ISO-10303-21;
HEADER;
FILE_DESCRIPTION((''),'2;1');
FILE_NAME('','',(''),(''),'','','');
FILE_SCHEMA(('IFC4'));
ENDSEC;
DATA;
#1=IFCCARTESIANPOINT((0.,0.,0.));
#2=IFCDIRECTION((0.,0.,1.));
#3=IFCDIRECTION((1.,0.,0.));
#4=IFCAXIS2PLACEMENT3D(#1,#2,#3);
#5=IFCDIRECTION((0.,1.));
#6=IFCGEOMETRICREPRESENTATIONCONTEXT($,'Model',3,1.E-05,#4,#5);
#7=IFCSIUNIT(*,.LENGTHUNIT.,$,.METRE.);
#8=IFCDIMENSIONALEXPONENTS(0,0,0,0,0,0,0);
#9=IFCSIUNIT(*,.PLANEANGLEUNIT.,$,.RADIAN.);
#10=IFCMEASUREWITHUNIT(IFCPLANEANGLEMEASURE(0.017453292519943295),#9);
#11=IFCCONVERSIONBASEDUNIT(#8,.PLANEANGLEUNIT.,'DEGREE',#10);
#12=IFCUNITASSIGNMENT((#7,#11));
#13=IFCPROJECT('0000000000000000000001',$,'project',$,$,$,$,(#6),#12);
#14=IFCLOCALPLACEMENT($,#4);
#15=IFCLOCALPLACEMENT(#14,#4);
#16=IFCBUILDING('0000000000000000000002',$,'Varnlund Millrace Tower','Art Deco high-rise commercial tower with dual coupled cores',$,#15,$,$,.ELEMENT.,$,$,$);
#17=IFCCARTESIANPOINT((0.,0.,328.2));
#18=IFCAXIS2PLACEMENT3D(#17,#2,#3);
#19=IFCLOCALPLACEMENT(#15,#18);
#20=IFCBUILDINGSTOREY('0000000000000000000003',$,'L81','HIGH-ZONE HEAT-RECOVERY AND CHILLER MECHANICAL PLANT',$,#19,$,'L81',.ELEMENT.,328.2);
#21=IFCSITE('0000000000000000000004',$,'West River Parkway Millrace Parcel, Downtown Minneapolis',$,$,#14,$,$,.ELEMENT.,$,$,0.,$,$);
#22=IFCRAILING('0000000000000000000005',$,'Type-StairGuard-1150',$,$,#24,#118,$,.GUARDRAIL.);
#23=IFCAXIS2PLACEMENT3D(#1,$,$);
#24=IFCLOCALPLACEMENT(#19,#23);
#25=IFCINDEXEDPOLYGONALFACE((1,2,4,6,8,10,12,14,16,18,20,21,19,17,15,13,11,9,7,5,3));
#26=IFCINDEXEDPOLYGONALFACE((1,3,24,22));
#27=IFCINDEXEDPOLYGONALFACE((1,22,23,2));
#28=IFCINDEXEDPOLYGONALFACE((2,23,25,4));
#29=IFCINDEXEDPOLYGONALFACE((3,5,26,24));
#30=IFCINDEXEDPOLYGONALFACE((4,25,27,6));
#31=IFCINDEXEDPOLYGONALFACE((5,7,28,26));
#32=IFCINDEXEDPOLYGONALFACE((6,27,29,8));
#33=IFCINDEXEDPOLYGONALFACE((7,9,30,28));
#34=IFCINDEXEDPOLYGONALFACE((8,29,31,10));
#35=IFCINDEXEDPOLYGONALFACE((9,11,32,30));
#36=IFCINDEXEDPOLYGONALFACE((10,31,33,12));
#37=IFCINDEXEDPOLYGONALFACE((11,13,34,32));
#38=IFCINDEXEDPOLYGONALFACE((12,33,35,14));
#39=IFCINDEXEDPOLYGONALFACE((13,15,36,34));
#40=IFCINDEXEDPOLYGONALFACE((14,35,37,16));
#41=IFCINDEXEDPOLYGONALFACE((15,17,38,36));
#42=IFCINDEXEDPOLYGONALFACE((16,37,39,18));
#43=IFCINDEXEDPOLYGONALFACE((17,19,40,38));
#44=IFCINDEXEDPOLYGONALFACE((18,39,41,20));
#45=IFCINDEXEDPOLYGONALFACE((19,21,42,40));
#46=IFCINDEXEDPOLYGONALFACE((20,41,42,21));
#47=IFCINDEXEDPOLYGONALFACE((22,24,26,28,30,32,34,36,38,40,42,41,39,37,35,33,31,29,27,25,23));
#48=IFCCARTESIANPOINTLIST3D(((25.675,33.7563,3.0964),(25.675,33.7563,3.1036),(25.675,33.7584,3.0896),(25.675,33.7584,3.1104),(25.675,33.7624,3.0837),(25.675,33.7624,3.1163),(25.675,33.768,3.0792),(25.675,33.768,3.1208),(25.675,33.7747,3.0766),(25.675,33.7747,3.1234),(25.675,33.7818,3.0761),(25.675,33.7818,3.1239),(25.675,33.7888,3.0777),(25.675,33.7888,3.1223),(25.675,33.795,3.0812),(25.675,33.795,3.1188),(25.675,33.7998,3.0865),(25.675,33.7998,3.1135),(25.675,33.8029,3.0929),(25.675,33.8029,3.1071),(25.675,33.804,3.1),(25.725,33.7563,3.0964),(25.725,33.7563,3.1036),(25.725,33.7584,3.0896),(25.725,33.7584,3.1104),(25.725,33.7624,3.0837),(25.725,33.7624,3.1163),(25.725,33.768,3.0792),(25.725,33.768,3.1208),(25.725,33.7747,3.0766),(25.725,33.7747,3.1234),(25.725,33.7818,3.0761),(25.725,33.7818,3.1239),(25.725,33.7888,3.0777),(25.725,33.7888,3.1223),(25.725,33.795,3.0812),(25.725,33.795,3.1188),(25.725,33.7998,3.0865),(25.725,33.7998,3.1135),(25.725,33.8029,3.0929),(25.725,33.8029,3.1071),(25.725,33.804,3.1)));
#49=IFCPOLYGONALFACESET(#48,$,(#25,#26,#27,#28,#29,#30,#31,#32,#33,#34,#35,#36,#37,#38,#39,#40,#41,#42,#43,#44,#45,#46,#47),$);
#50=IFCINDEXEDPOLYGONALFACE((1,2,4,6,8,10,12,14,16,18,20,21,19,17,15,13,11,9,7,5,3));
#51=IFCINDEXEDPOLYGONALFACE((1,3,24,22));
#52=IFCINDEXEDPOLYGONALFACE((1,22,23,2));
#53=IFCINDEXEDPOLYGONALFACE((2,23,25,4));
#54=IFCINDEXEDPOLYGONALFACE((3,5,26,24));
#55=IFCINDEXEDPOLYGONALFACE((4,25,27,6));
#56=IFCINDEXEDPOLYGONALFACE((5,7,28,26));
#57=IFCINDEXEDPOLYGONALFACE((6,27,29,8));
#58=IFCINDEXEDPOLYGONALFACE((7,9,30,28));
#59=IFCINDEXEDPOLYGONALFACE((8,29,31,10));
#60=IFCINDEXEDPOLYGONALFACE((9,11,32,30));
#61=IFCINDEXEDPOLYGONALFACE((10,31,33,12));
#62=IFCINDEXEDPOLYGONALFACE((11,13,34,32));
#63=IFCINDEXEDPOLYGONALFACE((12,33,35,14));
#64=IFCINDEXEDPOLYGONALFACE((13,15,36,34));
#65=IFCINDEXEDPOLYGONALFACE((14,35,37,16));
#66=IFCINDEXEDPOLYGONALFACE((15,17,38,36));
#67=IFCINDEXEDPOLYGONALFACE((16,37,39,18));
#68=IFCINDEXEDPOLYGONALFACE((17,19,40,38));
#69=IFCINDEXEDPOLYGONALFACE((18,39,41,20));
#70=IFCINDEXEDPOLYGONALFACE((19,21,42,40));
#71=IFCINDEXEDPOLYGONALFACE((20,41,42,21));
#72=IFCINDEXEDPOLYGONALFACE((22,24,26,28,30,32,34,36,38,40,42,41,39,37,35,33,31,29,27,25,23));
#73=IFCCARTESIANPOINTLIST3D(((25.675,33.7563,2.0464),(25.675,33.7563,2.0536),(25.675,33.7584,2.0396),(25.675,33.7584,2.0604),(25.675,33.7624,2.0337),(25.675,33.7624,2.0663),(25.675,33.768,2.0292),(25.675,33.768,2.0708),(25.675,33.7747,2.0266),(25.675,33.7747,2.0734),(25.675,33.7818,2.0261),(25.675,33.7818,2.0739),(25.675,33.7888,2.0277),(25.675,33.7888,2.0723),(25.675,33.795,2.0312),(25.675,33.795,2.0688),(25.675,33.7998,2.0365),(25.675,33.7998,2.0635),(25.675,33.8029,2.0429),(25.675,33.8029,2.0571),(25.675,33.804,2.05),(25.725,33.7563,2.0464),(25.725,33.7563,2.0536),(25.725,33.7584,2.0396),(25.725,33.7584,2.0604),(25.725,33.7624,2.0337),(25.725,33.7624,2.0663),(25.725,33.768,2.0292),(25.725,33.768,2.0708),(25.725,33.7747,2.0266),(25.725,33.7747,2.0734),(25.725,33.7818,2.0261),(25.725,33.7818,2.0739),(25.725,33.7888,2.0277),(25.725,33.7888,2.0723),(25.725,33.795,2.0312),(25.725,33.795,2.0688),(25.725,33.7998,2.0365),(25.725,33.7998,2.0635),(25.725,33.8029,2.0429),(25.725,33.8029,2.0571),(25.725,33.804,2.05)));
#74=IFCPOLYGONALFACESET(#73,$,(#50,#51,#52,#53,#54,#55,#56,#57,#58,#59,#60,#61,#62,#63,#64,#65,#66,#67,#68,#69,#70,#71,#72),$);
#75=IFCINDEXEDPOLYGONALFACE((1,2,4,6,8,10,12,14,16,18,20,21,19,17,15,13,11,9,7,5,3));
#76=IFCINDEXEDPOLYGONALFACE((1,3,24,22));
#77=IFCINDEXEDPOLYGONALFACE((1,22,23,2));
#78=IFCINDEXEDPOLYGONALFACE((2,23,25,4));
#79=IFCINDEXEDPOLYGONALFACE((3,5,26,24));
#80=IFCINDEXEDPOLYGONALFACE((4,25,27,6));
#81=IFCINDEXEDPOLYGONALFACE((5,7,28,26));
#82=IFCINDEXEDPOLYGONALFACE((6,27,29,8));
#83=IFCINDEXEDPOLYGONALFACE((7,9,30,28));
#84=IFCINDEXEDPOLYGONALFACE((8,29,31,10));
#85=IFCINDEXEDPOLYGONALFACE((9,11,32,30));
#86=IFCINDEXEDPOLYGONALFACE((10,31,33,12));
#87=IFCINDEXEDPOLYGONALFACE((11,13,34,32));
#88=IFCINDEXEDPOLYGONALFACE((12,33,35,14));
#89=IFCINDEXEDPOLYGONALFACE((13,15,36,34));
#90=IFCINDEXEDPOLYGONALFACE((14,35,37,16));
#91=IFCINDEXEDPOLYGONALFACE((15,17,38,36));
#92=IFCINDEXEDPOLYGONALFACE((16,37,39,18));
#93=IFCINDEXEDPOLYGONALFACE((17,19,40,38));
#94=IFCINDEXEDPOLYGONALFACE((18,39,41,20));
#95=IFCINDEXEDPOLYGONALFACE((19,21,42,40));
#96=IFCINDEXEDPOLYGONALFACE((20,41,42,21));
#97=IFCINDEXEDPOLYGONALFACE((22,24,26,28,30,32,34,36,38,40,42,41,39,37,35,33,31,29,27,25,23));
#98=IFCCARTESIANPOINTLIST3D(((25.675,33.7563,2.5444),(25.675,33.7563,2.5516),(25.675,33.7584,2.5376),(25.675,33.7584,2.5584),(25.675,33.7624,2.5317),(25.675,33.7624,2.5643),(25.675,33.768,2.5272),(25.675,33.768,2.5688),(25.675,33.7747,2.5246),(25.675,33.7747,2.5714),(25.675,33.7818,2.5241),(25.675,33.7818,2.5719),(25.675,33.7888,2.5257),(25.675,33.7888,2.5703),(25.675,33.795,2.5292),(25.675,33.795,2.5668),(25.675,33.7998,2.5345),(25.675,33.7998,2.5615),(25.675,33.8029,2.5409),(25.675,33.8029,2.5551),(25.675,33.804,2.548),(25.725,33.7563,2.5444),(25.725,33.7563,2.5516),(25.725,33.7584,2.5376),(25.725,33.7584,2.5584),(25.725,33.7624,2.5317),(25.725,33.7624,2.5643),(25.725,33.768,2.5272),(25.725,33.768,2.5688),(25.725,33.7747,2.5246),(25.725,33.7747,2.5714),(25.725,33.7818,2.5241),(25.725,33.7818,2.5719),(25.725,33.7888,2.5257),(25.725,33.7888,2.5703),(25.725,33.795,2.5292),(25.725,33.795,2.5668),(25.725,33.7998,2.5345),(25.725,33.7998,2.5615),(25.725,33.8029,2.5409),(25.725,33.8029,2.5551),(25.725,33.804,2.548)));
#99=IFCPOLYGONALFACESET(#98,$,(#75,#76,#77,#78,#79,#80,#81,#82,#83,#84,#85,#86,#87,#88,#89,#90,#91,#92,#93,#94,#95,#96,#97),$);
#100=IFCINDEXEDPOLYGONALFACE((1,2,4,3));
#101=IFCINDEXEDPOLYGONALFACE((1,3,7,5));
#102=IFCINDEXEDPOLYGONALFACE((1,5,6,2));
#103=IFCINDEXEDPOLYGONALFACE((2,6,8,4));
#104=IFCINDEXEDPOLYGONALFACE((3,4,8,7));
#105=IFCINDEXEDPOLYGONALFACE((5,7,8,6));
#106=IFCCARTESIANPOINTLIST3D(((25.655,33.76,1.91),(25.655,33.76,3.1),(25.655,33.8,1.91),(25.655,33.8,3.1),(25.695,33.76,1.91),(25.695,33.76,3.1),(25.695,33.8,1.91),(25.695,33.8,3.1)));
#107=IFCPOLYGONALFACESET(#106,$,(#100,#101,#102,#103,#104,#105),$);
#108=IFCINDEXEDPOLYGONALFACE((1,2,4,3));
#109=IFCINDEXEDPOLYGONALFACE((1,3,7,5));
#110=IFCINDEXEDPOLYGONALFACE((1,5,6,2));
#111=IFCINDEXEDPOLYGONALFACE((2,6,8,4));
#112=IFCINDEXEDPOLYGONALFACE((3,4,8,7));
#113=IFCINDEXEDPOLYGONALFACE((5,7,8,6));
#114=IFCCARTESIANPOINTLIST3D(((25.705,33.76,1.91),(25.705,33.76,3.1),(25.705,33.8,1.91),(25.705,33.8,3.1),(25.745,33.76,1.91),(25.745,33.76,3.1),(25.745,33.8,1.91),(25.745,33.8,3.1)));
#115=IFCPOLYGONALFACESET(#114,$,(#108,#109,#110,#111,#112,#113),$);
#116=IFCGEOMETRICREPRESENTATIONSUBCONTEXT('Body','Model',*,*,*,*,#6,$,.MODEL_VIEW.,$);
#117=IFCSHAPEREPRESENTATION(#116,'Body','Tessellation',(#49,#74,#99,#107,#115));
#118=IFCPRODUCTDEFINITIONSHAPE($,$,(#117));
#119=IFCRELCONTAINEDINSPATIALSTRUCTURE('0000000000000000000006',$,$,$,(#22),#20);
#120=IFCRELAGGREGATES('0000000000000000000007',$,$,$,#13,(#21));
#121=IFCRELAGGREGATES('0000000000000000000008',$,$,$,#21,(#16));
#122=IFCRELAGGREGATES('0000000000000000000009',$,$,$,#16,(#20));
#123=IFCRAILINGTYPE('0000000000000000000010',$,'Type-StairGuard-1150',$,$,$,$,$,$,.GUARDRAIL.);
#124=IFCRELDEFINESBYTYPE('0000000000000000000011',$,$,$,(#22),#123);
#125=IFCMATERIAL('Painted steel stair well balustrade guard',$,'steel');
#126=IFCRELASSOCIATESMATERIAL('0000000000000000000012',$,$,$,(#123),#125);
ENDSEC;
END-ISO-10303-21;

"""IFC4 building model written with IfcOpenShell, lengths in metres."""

from ifc_helpers import new_model, entity, si_unit, converted_unit, direction, frame, origin_with_axes, origin_2d_with_axis, place, context, subcontext, project, spatial, rectangle, circle, extrude, material, type_object, element, save


model = new_model("IFC4")

# Units and contexts
model_context = context("Model", 3, precision=1e-05, world=origin_with_axes(), true_north=direction((0.0, 1.0)))
body_context = subcontext(model_context, "Body", "Model", "MODEL_VIEW")
ifc_project = project(units=[si_unit("LENGTHUNIT", "METRE"), converted_unit("PLANEANGLEUNIT", "DEGREE", entity("IfcPlaneAngleMeasure", 0.017453292519943295), si_unit("PLANEANGLEUNIT", "RADIAN"), dimensions=[0, 0, 0, 0, 0, 0, 0])], contexts=[model_context])

# Site, building, storey
site_placement = place(None, origin_with_axes())
site = spatial("IfcSite", under=ifc_project, at=site_placement, Name="West River Parkway Millrace Parcel, Downtown Minneapolis", CompositionType="ELEMENT", RefElevation=0.0)
building_placement = place(site_placement, origin_with_axes())
building = spatial("IfcBuilding", under=site, at=building_placement, Name="Varnlund Millrace Tower", Description="Art Deco high-rise commercial tower with dual coupled cores", CompositionType="ELEMENT")
storey_placement = place(building_placement, frame((0.0, 0.0, 328.2), z_axis=(0.0, 0.0, 1.0), x_axis=(1.0, 0.0, 0.0)))
storey = spatial("IfcBuildingStorey", under=building, at=storey_placement, Name="L81", Description="HIGH-ZONE HEAT-RECOVERY AND CHILLER MECHANICAL PLANT", LongName="L81", CompositionType="ELEMENT", Elevation=328.2)

# Railing
ifc_material_1 = material(Name="Painted steel stair well balustrade guard", Category="steel")
railing_type_1 = type_object("IfcRailingType", Name="Type-StairGuard-1150", PredefinedType="GUARDRAIL", material=ifc_material_1)
railing_1_placement = place(storey_placement, frame((0.0, 0.0, -328.2), z_axis=(0.0, 0.0, 1.0), x_axis=(1.0, 0.0, 0.0)))
element("IfcRailing", 1, at=railing_1_placement, inside=storey, type_object=railing_type_1, Name="Type-StairGuard-1150", PredefinedType="GUARDRAIL", context=body_context, shape_type="SweptSolid", body=[
    extrude(circle(Radius=0.024, at=origin_2d_with_axis()), frame((25.675, 33.78, 331.3), z_axis=(1.0, 0.0, 0.0), x_axis=(0.0, 1.0, 0.0)), (0.0, 0.0, 1.0), 0.05),
    extrude(circle(Radius=0.024, at=origin_2d_with_axis()), frame((25.675, 33.78, 330.25), z_axis=(1.0, 0.0, 0.0), x_axis=(0.0, 1.0, 0.0)), (0.0, 0.0, 1.0), 0.05),
    extrude(circle(Radius=0.024, at=origin_2d_with_axis()), frame((25.675, 33.78, 330.748), z_axis=(1.0, 0.0, 0.0), x_axis=(0.0, 1.0, 0.0)), (0.0, 0.0, 1.0), 0.05),
    extrude(rectangle(XDim=0.04, YDim=0.04, at=origin_2d_with_axis()), frame((25.675, 33.78, 330.11), z_axis=(0.0, 0.0, 1.0), x_axis=(1.0, 0.0, 0.0)), (0.0, 0.0, 1.0), 1.19),
    extrude(rectangle(XDim=0.04, YDim=0.04, at=origin_2d_with_axis()), frame((25.725, 33.78, 330.11), z_axis=(0.0, 0.0, 1.0), x_axis=(1.0, 0.0, 0.0)), (0.0, 0.0, 1.0), 1.19),
])

save(model, "model.ifc")
